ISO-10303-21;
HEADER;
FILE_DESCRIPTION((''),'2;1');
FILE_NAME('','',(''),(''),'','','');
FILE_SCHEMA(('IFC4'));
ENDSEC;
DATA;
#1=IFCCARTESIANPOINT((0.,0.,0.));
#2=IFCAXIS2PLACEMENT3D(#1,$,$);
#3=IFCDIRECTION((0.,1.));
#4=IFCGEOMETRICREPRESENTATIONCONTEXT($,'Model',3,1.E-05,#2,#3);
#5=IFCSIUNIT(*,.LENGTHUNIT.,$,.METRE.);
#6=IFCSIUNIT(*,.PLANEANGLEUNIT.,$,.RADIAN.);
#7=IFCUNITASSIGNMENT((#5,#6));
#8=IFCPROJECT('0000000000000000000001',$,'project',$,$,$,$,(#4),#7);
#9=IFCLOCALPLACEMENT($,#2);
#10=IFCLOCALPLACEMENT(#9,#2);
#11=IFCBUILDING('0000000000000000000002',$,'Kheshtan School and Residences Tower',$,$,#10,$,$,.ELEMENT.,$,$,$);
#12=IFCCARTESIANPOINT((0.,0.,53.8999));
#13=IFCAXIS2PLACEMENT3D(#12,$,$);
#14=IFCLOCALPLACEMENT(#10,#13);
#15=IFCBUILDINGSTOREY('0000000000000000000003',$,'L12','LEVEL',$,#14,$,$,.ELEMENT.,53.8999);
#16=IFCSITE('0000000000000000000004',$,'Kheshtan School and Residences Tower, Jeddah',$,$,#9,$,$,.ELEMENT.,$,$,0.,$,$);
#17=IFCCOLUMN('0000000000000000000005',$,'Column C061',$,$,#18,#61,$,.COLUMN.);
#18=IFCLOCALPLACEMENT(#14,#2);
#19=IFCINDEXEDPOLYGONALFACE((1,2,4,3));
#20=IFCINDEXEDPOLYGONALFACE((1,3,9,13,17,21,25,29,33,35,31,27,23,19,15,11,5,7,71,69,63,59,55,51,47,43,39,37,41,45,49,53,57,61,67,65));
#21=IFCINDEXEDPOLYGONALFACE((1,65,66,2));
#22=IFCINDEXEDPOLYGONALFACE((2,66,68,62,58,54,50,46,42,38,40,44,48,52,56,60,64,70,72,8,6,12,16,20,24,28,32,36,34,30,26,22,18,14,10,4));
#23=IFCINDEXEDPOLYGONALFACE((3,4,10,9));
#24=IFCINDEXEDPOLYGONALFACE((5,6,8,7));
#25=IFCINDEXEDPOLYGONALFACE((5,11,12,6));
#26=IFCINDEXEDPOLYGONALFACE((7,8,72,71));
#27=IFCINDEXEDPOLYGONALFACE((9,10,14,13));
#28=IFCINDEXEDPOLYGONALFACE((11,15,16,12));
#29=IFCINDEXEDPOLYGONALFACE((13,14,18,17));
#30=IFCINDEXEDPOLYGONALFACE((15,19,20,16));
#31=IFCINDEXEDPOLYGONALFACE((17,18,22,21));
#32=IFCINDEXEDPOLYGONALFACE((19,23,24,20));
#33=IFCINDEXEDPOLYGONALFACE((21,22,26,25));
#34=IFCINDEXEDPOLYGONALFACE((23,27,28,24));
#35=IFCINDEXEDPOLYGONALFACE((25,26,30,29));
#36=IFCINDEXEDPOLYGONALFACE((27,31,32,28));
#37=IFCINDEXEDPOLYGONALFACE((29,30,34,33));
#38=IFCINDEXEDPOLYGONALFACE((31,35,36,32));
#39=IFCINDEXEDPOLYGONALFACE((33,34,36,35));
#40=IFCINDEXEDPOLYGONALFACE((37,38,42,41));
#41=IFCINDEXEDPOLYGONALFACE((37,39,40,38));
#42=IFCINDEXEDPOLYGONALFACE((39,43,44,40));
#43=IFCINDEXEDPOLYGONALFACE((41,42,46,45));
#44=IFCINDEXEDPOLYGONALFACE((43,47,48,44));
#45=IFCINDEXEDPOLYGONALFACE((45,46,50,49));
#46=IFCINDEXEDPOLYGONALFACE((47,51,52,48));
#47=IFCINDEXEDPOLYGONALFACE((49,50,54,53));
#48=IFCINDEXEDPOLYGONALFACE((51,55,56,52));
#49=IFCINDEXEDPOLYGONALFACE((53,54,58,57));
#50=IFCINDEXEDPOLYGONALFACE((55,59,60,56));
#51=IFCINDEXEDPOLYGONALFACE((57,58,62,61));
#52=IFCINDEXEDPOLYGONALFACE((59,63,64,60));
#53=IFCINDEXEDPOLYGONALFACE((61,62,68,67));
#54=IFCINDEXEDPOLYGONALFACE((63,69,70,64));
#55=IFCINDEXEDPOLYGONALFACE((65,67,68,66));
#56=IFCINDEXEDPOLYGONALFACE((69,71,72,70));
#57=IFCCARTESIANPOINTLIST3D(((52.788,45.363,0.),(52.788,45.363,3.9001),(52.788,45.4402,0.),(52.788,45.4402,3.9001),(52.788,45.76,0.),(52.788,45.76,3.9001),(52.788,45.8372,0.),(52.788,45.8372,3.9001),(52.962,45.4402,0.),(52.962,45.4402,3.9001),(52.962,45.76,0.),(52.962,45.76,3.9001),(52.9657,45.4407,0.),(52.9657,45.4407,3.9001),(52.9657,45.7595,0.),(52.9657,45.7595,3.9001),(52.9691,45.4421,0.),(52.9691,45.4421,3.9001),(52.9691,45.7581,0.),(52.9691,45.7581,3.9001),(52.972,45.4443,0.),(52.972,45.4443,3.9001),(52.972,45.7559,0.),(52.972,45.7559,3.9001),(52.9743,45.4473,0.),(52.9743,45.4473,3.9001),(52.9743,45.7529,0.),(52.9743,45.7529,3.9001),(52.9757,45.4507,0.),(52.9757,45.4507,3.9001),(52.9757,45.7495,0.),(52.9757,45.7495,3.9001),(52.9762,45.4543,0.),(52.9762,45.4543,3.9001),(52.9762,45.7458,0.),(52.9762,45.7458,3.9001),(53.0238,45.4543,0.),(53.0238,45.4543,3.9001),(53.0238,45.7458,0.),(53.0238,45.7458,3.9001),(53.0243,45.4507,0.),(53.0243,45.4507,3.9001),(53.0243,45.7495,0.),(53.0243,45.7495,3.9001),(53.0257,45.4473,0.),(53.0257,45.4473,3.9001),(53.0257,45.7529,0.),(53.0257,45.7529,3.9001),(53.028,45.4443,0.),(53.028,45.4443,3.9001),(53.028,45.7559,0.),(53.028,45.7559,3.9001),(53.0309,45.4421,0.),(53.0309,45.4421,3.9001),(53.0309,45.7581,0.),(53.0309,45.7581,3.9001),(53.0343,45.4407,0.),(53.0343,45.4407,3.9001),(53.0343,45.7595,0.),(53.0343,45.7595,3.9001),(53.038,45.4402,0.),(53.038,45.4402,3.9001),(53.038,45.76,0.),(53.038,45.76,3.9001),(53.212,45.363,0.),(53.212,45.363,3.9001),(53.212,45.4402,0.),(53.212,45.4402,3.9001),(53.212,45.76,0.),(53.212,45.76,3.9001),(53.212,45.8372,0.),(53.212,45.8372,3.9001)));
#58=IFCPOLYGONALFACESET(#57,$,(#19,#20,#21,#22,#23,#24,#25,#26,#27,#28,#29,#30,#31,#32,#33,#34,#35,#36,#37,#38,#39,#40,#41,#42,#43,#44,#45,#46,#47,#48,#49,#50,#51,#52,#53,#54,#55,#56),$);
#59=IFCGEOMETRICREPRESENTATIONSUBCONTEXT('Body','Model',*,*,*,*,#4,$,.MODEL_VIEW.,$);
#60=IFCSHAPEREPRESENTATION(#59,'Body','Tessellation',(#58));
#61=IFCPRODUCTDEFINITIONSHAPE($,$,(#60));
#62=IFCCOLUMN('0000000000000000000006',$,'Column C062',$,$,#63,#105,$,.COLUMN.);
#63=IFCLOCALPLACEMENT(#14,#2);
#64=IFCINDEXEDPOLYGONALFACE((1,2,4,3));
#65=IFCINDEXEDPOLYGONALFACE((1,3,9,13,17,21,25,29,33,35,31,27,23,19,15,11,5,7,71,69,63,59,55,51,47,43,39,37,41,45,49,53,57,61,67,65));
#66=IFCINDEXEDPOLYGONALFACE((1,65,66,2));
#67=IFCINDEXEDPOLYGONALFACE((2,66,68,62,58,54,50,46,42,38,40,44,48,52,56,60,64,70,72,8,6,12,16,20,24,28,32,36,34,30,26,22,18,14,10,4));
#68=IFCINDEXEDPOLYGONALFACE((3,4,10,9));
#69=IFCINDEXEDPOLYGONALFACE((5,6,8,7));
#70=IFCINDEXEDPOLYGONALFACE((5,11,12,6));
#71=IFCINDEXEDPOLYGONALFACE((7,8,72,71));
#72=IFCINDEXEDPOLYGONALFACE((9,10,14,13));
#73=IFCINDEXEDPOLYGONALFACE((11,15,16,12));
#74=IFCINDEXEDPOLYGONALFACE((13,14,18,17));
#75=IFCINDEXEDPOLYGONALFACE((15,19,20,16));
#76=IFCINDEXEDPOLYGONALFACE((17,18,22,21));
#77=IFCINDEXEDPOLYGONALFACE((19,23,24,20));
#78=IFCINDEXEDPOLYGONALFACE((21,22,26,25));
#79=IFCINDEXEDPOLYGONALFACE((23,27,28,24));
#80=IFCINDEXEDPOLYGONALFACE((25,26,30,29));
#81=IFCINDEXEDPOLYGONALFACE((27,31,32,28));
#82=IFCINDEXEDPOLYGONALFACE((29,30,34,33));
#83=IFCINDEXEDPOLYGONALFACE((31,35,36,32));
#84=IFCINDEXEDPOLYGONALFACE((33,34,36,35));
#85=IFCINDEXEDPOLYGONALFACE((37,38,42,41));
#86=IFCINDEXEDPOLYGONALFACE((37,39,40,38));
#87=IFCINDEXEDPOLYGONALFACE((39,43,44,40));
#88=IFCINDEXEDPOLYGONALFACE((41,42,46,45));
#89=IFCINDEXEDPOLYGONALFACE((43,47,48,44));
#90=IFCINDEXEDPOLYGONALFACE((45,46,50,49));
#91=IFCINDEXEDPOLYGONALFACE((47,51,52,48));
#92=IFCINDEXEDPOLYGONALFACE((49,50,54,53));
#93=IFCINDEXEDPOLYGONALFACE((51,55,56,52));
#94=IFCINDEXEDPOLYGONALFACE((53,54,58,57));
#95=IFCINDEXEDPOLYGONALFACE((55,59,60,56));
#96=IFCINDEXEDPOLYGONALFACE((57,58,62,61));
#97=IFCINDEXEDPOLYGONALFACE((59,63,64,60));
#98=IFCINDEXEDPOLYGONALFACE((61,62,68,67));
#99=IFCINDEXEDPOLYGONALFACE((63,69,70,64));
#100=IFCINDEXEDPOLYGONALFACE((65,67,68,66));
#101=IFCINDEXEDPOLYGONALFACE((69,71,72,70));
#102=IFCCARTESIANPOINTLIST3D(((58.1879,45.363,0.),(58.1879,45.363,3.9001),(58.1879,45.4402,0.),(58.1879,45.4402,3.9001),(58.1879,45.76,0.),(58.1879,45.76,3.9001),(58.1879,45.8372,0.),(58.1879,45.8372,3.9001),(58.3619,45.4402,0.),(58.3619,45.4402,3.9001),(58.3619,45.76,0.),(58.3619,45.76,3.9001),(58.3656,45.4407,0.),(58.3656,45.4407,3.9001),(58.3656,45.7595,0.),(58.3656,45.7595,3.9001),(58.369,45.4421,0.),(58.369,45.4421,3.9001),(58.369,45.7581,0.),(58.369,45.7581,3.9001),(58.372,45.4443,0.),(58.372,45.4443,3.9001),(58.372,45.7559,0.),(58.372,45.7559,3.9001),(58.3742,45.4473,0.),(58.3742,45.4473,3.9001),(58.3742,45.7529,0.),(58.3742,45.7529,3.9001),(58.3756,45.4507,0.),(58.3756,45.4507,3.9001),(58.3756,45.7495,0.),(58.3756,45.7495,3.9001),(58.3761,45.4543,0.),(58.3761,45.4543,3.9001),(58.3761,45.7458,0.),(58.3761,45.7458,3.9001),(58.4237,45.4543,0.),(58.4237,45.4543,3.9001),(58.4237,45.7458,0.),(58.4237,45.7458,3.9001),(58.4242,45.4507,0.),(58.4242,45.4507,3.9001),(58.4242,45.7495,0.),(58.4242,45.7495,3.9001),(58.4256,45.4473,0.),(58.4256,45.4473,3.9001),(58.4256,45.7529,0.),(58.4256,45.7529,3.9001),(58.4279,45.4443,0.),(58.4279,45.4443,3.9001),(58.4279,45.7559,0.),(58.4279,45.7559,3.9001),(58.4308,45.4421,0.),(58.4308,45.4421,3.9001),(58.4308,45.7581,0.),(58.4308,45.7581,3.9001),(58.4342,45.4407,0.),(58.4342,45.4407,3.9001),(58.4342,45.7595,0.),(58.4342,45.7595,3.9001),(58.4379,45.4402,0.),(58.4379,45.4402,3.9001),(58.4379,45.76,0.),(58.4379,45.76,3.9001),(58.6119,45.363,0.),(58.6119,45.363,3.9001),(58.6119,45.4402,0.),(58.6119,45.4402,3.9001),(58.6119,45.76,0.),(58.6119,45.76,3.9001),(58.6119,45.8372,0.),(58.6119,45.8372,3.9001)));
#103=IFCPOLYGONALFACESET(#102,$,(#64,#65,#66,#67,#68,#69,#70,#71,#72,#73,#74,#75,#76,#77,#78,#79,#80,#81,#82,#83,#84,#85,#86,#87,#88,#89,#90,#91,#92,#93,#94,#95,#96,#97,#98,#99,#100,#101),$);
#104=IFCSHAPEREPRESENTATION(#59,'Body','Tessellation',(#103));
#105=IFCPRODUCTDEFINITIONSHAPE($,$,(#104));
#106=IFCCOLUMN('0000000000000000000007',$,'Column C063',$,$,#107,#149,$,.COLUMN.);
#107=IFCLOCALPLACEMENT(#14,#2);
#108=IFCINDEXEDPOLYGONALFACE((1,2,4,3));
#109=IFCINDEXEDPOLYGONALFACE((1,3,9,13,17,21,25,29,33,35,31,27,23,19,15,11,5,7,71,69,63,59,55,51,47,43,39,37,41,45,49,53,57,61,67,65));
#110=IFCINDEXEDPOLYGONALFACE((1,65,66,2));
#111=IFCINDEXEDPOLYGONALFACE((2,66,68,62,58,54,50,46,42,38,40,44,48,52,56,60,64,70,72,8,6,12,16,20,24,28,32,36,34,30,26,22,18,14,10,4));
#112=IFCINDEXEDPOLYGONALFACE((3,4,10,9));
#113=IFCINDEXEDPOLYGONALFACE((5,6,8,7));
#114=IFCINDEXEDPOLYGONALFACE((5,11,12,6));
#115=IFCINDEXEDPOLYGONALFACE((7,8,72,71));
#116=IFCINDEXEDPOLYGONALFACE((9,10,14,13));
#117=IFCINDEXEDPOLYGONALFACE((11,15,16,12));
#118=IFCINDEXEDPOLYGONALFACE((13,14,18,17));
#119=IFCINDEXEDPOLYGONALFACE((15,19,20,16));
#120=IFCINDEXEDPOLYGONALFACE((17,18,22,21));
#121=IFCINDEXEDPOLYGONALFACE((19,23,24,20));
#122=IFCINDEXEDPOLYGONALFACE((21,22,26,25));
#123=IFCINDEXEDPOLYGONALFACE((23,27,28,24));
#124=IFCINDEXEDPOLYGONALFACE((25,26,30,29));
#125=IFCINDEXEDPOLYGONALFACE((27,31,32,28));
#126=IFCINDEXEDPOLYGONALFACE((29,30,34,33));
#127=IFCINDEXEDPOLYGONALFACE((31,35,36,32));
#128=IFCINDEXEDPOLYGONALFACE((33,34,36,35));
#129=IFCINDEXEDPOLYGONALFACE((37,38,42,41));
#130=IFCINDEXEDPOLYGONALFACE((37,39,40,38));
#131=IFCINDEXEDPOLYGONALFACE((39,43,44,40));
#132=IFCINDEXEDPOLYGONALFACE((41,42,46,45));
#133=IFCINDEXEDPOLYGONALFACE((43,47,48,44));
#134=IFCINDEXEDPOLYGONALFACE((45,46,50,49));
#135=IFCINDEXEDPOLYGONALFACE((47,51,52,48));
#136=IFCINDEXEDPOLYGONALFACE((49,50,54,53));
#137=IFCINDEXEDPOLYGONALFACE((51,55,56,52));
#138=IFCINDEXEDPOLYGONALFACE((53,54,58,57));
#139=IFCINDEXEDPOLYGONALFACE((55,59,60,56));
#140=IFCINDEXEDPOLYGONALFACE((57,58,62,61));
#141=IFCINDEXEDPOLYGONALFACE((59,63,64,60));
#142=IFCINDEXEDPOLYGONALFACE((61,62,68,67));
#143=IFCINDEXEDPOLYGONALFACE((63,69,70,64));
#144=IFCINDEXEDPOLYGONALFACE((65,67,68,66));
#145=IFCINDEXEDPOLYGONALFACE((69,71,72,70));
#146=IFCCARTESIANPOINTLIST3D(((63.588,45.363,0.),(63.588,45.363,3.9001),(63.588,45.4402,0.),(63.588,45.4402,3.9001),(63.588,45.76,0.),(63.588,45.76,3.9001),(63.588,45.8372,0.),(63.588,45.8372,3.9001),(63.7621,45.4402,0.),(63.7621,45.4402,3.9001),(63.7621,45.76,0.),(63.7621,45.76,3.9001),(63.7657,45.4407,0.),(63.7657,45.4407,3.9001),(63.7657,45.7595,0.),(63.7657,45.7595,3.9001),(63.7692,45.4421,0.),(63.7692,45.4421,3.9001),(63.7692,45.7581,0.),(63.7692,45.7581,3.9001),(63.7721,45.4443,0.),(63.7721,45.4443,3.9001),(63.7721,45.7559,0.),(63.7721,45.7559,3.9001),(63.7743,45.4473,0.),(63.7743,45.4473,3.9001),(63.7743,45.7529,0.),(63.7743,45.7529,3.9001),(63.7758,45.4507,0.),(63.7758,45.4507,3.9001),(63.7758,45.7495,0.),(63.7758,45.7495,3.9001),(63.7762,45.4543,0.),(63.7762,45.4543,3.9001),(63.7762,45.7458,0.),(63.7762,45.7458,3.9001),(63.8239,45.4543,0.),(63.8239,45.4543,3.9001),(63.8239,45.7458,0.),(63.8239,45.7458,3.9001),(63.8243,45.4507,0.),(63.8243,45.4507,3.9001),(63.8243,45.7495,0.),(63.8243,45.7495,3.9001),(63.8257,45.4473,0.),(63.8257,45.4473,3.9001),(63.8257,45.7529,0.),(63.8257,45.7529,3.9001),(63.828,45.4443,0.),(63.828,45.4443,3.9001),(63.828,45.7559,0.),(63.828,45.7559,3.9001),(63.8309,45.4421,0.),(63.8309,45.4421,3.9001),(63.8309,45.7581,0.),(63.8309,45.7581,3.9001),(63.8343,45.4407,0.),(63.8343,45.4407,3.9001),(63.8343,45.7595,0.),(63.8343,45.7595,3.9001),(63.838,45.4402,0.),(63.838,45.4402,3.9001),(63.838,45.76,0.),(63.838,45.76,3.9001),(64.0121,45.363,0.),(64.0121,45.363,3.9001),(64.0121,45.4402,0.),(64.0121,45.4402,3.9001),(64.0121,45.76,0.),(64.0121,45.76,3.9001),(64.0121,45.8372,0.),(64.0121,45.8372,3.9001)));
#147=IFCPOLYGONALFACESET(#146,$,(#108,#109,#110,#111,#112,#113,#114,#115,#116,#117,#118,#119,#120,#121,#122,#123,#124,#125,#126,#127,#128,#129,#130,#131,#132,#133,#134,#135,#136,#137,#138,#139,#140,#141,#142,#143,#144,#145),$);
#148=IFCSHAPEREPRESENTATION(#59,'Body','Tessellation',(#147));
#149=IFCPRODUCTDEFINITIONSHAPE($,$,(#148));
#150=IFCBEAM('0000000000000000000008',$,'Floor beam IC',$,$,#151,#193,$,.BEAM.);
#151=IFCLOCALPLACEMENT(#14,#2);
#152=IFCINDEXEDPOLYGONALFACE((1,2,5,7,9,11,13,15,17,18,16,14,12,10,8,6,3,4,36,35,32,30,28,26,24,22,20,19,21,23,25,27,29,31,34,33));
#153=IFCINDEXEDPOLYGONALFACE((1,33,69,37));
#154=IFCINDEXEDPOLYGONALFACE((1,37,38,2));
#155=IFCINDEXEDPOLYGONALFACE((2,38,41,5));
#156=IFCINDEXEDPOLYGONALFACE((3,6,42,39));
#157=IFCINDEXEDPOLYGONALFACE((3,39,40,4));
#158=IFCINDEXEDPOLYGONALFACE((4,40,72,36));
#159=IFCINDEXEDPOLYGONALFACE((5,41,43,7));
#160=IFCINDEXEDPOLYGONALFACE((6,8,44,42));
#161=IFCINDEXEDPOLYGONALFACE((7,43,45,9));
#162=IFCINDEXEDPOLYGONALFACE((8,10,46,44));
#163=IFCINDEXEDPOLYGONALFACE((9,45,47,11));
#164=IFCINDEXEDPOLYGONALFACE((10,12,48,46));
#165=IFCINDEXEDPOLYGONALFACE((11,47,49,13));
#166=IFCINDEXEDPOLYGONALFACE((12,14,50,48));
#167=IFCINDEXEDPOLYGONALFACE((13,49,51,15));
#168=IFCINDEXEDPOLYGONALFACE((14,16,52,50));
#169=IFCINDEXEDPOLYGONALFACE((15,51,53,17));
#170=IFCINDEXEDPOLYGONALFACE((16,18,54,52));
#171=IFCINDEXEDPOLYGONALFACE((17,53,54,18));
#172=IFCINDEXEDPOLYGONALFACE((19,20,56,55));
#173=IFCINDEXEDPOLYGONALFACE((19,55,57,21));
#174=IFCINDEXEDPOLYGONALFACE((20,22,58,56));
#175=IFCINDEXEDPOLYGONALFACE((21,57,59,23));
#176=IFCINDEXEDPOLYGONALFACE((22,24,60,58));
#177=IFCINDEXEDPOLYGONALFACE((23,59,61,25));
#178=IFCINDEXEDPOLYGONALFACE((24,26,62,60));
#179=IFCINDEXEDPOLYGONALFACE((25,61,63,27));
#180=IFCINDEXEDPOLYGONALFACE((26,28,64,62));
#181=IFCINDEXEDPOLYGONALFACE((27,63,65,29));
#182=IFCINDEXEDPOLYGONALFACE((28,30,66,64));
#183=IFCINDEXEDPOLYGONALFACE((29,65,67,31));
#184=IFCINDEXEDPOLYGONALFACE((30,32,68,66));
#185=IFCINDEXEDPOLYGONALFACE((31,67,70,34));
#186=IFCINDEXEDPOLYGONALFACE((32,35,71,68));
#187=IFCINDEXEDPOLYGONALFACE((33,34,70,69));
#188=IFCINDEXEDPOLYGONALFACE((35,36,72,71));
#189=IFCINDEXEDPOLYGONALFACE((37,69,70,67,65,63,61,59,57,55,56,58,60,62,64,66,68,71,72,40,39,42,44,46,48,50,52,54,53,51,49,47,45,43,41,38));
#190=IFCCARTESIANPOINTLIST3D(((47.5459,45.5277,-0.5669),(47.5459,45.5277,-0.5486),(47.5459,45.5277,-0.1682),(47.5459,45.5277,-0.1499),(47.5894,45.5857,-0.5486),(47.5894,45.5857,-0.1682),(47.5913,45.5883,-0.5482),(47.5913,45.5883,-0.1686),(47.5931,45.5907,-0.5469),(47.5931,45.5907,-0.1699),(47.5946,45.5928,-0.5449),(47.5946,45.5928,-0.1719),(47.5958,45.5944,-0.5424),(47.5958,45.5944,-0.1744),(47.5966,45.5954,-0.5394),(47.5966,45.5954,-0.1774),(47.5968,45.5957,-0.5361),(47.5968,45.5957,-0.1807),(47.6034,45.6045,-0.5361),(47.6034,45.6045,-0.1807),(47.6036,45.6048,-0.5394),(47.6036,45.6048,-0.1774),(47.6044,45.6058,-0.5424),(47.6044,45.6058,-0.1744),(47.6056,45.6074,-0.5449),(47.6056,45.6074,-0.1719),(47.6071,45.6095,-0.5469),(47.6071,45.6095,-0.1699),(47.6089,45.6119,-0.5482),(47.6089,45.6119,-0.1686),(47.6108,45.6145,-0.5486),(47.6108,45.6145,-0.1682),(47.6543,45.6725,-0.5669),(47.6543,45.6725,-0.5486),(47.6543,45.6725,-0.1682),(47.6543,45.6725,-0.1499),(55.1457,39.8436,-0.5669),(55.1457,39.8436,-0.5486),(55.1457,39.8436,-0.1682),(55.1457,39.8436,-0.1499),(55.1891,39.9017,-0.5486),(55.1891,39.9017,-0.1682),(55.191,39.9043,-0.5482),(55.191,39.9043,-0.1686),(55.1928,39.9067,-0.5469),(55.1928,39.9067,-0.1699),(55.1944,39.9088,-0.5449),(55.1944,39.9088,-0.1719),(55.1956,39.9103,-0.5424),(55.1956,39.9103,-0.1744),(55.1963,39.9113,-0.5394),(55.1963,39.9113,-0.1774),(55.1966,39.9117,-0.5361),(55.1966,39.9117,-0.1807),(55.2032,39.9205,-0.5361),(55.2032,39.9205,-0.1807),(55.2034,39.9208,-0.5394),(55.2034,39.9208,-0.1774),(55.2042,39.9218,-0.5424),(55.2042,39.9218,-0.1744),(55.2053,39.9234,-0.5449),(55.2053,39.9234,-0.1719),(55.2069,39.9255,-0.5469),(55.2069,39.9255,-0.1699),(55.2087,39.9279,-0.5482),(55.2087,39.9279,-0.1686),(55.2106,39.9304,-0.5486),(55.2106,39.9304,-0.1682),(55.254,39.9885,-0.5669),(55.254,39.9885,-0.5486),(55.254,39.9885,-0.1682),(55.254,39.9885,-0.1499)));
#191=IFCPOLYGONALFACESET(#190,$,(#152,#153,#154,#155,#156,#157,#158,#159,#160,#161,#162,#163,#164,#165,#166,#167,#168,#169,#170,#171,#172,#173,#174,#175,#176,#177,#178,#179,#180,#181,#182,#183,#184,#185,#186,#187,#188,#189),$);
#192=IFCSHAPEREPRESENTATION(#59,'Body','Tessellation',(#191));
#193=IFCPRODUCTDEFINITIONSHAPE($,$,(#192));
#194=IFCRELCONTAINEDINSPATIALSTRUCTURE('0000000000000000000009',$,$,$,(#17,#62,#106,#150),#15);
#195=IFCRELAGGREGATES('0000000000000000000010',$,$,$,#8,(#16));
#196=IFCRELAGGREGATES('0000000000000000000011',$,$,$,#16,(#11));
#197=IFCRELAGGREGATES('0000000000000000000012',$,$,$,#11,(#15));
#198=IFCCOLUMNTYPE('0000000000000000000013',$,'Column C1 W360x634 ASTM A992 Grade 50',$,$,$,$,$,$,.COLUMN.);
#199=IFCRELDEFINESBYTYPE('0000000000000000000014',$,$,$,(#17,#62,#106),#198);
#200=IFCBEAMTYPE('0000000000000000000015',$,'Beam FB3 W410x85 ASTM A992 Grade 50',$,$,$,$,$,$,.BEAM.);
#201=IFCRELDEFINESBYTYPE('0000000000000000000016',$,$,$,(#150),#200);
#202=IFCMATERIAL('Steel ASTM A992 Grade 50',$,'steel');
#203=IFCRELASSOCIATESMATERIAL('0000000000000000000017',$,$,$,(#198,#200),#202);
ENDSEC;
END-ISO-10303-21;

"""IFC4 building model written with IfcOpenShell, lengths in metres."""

from ifc_helpers import new_model, si_unit, direction, frame, origin, origin_2d, place, context, subcontext, project, spatial, i_section, extrude, material, material_profile, profile_set, type_object, element, save


model = new_model("IFC4")

# Units and contexts
model_context = context("Model", 3, precision=1e-05, world=origin(), true_north=direction((0.0, 1.0)))
body_context = subcontext(model_context, "Body", "Model", "MODEL_VIEW")
ifc_project = project(units=[si_unit("LENGTHUNIT", "METRE"), si_unit("PLANEANGLEUNIT", "RADIAN")], contexts=[model_context])

# Site, building, storey
site_placement = place(None, origin())
site = spatial("IfcSite", under=ifc_project, at=site_placement, Name="Kheshtan School and Residences Tower, Jeddah", CompositionType="ELEMENT", RefElevation=0.0)
building_placement = place(site_placement, origin())
building = spatial("IfcBuilding", under=site, at=building_placement, Name="Kheshtan School and Residences Tower", CompositionType="ELEMENT")
storey_placement = place(building_placement, frame((0.0, 0.0, 53.8999)))
storey = spatial("IfcBuildingStorey", under=building, at=storey_placement, Name="L12", Description="LEVEL", CompositionType="ELEMENT", Elevation=53.8999)

# Columns
ifc_material_1 = material(Name="Steel ASTM A992 Grade 50", Category="steel")
ifc_material_profile_1 = material_profile(ifc_material_1, i_section(OverallWidth=0.4241, OverallDepth=0.4741, WebThickness=0.0476, FlangeThickness=0.0771, FilletRadius=0.0142, at=origin_2d()), Name="W360x634")
ifc_profile_set_1 = profile_set([ifc_material_profile_1], Name="Steel ASTM A992 Grade 50")
column_type = type_object("IfcColumnType", Name="Column C1 W360x634 ASTM A992 Grade 50", PredefinedType="COLUMN", material=ifc_profile_set_1)
for number, where, z_axis, x_axis, name in (
    (1, (53.0, 45.6001, 0.0), (0.0, 0.0, 1.0), (1.0, 0.0, 0.0), "Column C061"),
    (2, (58.3999, 45.6001, 0.0), (0.0, 0.0, 1.0), (1.0, 0.0, 0.0), "Column C062"),
    (3, (63.8, 45.6001, 0.0), (0.0, 0.0, 1.0), (1.0, 0.0, 0.0), "Column C063"),
):
    element("IfcColumn", number, at=place(storey_placement, frame(where, z_axis=z_axis, x_axis=x_axis)), inside=storey, type_object=column_type, Name=name, PredefinedType="COLUMN", context=body_context, shape_type="SweptSolid", body=[
        extrude(i_section(OverallWidth=0.4241, OverallDepth=0.4741, WebThickness=0.0476, FlangeThickness=0.0771, FilletRadius=0.0142, at=origin_2d()), origin(), (0.0, 0.0, 1.0), 3.9001),
    ])

# Beam
ifc_material_profile_2 = material_profile(ifc_material_1, i_section(OverallWidth=0.1809, OverallDepth=0.417, WebThickness=0.011, FlangeThickness=0.0183, FilletRadius=0.0125, at=origin_2d()), Name="W410x85")
ifc_profile_set_2 = profile_set([ifc_material_profile_2], Name="Steel ASTM A992 Grade 50")
beam_type_1 = type_object("IfcBeamType", Name="Beam FB3 W410x85 ASTM A992 Grade 50", PredefinedType="BEAM", material=ifc_profile_set_2)
beam_1_placement = place(storey_placement, frame((47.6001, 45.6001, -0.3584), z_axis=(0.800799, -0.598933, 0.0), x_axis=(0.598933, 0.800799, 0.0)))
element("IfcBeam", 4, at=beam_1_placement, inside=storey, type_object=beam_type_1, Name="Floor beam IC", PredefinedType="BEAM", context=body_context, shape_type="SweptSolid", body=[
    extrude(i_section(OverallWidth=0.1809, OverallDepth=0.417, WebThickness=0.011, FlangeThickness=0.0183, FilletRadius=0.0125, at=origin_2d()), origin(), (0.0, 0.0, 1.0), 9.4902),
])

save(model, "model.ifc")
